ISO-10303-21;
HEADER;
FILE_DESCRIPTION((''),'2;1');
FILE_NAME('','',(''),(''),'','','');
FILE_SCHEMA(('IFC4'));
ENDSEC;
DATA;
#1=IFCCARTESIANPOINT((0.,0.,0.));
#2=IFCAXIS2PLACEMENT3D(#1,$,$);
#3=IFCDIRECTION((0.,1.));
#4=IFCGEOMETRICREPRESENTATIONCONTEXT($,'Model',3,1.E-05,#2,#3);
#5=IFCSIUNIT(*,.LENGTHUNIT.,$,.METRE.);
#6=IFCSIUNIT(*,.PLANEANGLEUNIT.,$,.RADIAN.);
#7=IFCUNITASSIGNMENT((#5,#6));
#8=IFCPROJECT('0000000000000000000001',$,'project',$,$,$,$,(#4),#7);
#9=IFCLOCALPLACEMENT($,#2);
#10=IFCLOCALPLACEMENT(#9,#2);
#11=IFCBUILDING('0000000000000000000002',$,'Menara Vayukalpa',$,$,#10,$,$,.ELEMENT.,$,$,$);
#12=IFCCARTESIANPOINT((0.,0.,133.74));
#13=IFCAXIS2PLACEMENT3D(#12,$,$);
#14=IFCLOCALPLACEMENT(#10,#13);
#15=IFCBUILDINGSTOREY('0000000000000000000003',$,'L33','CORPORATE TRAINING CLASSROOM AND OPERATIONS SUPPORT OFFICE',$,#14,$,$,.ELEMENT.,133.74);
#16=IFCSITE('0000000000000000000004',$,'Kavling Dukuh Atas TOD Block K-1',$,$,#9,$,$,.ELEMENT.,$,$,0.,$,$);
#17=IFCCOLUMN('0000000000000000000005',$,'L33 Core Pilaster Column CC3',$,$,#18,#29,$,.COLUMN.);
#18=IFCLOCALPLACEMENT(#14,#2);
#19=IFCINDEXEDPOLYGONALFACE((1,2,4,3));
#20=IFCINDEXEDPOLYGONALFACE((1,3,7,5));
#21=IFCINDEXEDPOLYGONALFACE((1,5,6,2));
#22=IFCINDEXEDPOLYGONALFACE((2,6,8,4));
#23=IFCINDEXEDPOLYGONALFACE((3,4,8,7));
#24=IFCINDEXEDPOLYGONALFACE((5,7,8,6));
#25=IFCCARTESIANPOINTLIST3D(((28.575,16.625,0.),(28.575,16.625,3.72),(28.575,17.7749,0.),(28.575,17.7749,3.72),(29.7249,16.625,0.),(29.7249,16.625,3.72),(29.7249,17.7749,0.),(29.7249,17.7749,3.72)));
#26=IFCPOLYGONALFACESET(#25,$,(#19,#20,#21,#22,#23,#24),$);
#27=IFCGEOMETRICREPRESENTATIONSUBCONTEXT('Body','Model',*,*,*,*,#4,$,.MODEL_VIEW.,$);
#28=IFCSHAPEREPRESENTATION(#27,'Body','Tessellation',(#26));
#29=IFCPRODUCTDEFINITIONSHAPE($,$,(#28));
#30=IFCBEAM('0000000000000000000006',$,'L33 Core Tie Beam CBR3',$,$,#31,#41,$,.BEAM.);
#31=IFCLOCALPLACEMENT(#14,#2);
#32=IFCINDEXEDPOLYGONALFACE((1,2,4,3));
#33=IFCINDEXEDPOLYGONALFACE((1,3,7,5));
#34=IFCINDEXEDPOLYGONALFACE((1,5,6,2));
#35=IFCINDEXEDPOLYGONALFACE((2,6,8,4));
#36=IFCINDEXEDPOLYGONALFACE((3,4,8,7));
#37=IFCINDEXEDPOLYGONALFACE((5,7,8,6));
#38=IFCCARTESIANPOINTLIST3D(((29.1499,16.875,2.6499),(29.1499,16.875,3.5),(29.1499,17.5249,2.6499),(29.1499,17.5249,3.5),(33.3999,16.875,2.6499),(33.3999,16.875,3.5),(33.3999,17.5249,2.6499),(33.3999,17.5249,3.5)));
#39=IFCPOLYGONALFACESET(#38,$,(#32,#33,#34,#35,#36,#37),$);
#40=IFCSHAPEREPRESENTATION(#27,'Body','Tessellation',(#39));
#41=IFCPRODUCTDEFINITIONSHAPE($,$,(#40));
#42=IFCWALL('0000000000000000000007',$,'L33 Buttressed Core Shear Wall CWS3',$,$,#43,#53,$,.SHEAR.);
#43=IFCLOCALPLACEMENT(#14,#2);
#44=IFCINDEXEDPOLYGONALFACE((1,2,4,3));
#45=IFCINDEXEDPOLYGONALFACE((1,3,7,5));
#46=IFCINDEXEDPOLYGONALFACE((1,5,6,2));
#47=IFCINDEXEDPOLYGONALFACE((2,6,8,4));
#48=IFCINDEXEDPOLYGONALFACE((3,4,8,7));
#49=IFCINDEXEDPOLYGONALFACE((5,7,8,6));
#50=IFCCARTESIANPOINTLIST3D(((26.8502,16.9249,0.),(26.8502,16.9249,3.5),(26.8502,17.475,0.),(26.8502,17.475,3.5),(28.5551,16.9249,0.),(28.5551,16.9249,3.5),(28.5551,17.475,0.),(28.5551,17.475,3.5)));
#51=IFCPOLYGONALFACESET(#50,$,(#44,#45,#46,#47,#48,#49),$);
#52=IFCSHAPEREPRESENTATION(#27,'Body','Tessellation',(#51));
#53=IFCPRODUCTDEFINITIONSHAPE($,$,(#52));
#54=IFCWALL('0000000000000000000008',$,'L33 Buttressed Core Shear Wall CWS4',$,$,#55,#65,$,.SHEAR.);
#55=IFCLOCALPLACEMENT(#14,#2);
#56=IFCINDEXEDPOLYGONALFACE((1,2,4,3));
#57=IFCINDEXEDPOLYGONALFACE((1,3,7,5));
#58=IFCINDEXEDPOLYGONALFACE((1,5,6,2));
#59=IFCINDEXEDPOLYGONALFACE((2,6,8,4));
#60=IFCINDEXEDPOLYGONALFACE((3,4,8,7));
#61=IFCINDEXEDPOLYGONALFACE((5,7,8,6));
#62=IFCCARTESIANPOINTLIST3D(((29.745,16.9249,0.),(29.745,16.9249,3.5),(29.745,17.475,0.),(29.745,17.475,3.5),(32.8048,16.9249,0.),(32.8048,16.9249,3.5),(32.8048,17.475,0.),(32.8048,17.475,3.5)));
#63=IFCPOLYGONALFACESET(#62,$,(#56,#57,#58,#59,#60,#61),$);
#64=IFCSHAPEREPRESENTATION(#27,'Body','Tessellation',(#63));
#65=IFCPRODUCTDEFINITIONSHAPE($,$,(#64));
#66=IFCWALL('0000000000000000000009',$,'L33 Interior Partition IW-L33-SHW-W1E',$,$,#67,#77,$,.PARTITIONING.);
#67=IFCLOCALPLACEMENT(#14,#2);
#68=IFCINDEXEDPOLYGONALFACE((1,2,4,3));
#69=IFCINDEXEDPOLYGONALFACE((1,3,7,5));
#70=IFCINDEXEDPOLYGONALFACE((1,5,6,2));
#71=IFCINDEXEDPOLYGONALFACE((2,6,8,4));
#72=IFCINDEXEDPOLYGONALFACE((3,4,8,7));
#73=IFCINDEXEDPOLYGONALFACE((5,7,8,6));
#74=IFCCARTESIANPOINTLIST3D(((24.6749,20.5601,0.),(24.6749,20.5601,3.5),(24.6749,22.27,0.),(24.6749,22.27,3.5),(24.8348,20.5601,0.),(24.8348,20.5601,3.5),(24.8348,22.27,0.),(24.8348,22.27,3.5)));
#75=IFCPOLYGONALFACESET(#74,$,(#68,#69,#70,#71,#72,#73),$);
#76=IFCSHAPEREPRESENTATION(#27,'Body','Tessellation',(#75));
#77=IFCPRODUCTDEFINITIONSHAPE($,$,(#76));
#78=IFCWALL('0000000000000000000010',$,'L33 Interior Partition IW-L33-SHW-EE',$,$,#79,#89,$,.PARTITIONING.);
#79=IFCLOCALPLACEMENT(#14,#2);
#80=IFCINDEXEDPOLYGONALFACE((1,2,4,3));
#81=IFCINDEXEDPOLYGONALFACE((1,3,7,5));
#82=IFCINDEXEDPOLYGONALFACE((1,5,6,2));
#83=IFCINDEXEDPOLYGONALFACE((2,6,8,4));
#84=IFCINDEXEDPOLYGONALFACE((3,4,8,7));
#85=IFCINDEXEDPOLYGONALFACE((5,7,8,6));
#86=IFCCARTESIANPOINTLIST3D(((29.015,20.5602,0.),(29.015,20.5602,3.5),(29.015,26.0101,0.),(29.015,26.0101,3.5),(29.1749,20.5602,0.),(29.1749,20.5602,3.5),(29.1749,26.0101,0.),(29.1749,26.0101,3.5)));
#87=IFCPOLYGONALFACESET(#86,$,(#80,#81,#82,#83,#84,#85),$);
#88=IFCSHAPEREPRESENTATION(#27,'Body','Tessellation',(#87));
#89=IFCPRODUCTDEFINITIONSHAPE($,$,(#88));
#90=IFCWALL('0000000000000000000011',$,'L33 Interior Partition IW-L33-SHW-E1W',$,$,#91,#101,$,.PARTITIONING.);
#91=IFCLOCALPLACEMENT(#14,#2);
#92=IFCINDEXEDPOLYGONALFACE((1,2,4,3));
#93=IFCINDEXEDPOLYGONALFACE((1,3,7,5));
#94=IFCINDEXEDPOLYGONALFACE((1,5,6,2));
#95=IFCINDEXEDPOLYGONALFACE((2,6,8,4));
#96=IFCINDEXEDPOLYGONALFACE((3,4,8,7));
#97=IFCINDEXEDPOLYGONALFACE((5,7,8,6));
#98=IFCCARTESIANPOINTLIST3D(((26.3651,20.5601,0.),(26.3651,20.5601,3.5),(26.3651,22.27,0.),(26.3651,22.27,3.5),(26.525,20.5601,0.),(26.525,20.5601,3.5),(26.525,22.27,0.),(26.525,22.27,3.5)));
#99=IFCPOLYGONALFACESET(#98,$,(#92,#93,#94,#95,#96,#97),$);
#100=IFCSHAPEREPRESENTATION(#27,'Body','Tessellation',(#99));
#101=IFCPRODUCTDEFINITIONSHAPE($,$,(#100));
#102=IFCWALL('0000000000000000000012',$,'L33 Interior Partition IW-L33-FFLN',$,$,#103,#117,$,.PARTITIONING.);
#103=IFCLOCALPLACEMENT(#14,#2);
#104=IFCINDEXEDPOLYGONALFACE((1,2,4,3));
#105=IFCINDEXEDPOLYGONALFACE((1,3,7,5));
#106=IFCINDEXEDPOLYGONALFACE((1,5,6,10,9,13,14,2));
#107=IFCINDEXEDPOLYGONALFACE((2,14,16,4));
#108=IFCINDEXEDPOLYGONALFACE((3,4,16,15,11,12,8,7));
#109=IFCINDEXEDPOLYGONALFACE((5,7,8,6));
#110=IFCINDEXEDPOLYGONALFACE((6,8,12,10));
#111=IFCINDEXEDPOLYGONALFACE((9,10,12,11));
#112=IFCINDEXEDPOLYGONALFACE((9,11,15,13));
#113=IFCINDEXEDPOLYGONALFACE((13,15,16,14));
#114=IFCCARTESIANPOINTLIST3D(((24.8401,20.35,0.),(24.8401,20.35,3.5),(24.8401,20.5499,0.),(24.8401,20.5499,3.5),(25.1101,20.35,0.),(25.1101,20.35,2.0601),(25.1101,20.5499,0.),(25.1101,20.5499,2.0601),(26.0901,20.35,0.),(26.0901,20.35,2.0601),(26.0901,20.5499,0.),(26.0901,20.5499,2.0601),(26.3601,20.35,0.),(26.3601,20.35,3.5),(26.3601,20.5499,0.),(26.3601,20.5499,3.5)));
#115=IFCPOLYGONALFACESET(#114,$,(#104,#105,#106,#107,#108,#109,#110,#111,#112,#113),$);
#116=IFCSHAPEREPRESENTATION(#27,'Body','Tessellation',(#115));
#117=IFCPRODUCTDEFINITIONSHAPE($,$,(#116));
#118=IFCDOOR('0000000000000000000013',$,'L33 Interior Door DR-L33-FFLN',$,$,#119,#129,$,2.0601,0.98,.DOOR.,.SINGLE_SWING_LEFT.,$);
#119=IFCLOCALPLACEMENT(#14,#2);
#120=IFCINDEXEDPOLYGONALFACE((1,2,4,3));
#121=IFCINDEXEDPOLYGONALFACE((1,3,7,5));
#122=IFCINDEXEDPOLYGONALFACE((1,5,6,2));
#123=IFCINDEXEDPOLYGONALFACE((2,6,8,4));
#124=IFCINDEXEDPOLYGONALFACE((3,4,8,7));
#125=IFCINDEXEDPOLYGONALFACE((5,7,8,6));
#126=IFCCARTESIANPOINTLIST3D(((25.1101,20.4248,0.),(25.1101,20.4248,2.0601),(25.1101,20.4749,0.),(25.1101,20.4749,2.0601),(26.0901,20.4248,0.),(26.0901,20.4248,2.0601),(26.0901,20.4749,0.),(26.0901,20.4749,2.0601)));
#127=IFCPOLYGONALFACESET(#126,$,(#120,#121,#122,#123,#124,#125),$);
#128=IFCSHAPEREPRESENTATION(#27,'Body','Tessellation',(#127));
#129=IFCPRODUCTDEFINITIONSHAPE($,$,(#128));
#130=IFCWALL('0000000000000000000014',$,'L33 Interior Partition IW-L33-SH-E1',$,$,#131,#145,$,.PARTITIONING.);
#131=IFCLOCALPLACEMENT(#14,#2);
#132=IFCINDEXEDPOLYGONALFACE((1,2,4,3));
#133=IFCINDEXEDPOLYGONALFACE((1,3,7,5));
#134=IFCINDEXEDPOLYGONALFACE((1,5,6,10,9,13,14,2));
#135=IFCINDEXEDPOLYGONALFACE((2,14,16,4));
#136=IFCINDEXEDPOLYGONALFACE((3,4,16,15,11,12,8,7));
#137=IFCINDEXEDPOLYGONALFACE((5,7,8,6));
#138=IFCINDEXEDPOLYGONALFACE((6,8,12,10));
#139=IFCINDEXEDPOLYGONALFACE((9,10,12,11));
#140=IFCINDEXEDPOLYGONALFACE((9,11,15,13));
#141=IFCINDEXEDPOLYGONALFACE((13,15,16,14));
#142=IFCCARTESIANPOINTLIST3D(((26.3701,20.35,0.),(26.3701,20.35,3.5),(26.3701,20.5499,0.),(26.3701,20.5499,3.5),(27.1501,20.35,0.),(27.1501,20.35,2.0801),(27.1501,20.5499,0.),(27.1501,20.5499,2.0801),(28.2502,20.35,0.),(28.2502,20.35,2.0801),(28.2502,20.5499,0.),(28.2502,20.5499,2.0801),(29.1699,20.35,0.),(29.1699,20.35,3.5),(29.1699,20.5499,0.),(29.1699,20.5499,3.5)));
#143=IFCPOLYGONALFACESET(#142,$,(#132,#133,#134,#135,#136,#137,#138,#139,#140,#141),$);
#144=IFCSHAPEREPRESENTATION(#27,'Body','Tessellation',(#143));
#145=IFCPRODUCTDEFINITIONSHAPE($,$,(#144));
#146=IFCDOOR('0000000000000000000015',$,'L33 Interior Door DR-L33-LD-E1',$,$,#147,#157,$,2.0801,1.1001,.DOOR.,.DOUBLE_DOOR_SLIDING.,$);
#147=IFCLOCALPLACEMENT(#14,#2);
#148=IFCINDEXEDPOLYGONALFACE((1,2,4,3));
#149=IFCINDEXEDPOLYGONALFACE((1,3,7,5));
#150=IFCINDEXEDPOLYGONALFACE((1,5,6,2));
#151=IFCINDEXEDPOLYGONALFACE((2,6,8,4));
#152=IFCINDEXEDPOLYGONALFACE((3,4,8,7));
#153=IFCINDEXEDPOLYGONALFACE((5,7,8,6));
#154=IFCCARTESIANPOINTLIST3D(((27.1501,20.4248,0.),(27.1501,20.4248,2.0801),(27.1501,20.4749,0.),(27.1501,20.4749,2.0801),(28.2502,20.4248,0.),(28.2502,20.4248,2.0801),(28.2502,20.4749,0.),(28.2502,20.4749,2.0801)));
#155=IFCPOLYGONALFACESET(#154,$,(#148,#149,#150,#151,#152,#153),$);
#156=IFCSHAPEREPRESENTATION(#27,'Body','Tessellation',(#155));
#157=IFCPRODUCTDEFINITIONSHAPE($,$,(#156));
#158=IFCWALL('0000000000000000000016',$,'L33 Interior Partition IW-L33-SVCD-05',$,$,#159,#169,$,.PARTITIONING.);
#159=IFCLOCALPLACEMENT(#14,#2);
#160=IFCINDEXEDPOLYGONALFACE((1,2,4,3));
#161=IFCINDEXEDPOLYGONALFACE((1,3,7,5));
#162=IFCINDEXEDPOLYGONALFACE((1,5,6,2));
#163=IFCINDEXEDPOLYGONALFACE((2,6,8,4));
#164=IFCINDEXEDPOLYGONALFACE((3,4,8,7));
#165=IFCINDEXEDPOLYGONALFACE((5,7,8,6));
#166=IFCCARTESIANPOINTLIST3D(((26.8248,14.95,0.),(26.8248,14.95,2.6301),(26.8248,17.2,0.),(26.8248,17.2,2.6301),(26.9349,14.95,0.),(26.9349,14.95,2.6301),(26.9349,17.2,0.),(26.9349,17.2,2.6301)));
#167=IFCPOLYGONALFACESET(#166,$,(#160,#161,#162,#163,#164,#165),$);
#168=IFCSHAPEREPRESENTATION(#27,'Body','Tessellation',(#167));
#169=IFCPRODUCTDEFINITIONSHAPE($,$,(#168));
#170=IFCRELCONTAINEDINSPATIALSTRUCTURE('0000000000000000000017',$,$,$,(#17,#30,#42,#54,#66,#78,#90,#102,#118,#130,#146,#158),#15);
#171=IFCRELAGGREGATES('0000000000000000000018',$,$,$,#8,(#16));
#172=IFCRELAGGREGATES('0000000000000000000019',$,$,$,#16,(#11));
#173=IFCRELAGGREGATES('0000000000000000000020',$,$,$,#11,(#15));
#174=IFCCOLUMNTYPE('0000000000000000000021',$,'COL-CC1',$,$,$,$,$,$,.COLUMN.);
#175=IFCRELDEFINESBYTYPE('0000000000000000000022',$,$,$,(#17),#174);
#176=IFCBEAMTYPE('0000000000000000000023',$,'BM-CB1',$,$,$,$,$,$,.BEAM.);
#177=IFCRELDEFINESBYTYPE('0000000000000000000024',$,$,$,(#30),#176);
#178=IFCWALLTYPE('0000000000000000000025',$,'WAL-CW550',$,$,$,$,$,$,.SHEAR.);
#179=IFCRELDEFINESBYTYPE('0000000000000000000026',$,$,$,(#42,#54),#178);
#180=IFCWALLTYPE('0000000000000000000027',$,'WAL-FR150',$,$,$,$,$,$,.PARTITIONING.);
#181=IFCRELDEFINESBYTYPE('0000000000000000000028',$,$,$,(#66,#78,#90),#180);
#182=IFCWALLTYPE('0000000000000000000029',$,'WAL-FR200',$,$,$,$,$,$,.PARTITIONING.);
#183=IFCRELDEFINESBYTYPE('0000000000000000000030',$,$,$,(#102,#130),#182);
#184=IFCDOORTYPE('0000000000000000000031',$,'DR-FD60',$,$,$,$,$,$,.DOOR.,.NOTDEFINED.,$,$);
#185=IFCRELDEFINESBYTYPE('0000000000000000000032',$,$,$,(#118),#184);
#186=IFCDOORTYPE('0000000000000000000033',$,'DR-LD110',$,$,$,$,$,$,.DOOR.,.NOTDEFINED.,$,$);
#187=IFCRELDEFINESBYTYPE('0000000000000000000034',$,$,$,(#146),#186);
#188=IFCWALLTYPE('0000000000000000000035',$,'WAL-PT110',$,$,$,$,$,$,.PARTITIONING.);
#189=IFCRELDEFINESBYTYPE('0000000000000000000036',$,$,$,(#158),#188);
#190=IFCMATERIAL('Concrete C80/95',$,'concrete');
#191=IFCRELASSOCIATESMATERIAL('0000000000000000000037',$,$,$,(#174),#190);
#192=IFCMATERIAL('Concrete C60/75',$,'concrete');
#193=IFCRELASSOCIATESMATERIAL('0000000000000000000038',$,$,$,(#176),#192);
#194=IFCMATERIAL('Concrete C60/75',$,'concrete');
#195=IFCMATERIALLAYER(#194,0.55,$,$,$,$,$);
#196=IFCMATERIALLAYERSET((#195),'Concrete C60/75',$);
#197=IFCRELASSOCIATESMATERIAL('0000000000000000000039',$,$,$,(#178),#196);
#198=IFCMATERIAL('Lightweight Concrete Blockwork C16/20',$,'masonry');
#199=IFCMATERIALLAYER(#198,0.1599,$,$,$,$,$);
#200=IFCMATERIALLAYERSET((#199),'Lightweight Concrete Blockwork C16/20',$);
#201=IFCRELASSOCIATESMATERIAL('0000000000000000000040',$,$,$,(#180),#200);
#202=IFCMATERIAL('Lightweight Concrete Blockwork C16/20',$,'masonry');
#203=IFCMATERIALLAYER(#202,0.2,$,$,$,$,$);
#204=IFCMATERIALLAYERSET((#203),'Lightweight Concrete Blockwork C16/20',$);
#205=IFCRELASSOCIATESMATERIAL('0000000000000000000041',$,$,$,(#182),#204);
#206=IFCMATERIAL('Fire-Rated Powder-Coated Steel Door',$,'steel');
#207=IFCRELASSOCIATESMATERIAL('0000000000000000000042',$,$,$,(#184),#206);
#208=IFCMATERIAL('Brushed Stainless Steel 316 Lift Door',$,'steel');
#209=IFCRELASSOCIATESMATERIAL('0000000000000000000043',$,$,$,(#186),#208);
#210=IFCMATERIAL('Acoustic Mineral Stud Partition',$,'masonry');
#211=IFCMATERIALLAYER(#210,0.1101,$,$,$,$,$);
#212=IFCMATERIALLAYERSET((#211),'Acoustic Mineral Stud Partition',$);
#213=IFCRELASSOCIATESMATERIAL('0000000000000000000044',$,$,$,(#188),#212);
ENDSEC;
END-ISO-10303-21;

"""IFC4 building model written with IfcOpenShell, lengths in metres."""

from ifc_helpers import new_model, si_unit, direction, frame, frame_2d, origin, origin_2d, place, context, subcontext, project, spatial, rectangle, extrude, material, layer, layer_set, material_profile, profile_set, type_object, element, fill, save


model = new_model("IFC4")

# Units and contexts
model_context = context("Model", 3, precision=1e-05, world=origin(), true_north=direction((0.0, 1.0)))
body_context = subcontext(model_context, "Body", "Model", "MODEL_VIEW")
ifc_project = project(units=[si_unit("LENGTHUNIT", "METRE"), si_unit("PLANEANGLEUNIT", "RADIAN")], contexts=[model_context])

# Site, building, storey
site_placement = place(None, origin())
site = spatial("IfcSite", under=ifc_project, at=site_placement, Name="Kavling Dukuh Atas TOD Block K-1", CompositionType="ELEMENT", RefElevation=0.0)
building_placement = place(site_placement, origin())
building = spatial("IfcBuilding", under=site, at=building_placement, Name="Menara Vayukalpa", CompositionType="ELEMENT")
storey_placement = place(building_placement, frame((0.0, 0.0, 133.74)))
storey = spatial("IfcBuildingStorey", under=building, at=storey_placement, Name="L33", Description="CORPORATE TRAINING CLASSROOM AND OPERATIONS SUPPORT OFFICE", CompositionType="ELEMENT", Elevation=133.74)

# Column
ifc_material_1 = material(Name="Concrete C80/95", Category="concrete")
ifc_material_profile_1 = material_profile(ifc_material_1, rectangle(XDim=1.1499, YDim=1.1499, at=origin_2d()), Name="RC 1150x1150")
ifc_profile_set_1 = profile_set([ifc_material_profile_1], Name="Concrete C80/95")
column_type = type_object("IfcColumnType", Name="COL-CC1", PredefinedType="COLUMN", material=ifc_profile_set_1)
column_placement = place(storey_placement, frame((29.1499, 17.2, 0.0), z_axis=(0.0, 0.0, 1.0), x_axis=(1.0, 0.0, 0.0)))
element("IfcColumn", 1, at=column_placement, inside=storey, type_object=column_type, Name="L33 Core Pilaster Column CC3", PredefinedType="COLUMN", context=body_context, shape_type="SweptSolid", body=[
    extrude(rectangle(XDim=1.1499, YDim=1.1499, at=origin_2d()), origin(), (0.0, 0.0, 1.0), 3.72),
])

# Beam
ifc_material_2 = material(Name="Concrete C60/75", Category="concrete")
ifc_material_profile_2 = material_profile(ifc_material_2, rectangle(XDim=0.6499, YDim=0.8501, at=origin_2d()), Name="RC 650x850")
ifc_profile_set_2 = profile_set([ifc_material_profile_2], Name="Concrete C60/75")
beam_type = type_object("IfcBeamType", Name="BM-CB1", PredefinedType="BEAM", material=ifc_profile_set_2)
beam_placement = place(storey_placement, frame((29.1499, 17.2, 3.075), z_axis=(1.0, 0.0, 0.0), x_axis=(0.0, 1.0, 0.0)))
element("IfcBeam", 2, at=beam_placement, inside=storey, type_object=beam_type, Name="L33 Core Tie Beam CBR3", PredefinedType="BEAM", context=body_context, shape_type="SweptSolid", body=[
    extrude(rectangle(XDim=0.6499, YDim=0.8501, at=origin_2d()), origin(), (0.0, 0.0, 1.0), 4.25),
])

# Walls
ifc_material_3 = material(Name="Concrete C60/75", Category="concrete")
ifc_layer_1 = layer(ifc_material_3, 0.55)
ifc_layer_set_1 = layer_set([ifc_layer_1], Name="Concrete C60/75")
wall_type_1 = type_object("IfcWallType", Name="WAL-CW550", PredefinedType="SHEAR", material=ifc_layer_set_1)
wall_1_placement = place(storey_placement, frame((26.8501, 17.2, 0.0), z_axis=(0.0, 0.0, 1.0), x_axis=(1.0, 0.0, 0.0)))
element("IfcWall", 3, at=wall_1_placement, inside=storey, type_object=wall_type_1, Name="L33 Buttressed Core Shear Wall CWS3", PredefinedType="SHEAR", context=body_context, shape_type="SweptSolid", body=[
    extrude(rectangle(XDim=1.7048, YDim=0.55, at=frame_2d((0.8525, 0.0))), origin(), (0.0, 0.0, 1.0), 3.5),
])
wall_2_placement = place(storey_placement, frame((29.7451, 17.2, 0.0), z_axis=(0.0, 0.0, 1.0), x_axis=(1.0, 0.0, 0.0)))
element("IfcWall", 4, at=wall_2_placement, inside=storey, type_object=wall_type_1, Name="L33 Buttressed Core Shear Wall CWS4", PredefinedType="SHEAR", context=body_context, shape_type="SweptSolid", body=[
    extrude(rectangle(XDim=3.0598, YDim=0.55, at=frame_2d((1.5298, 0.0))), origin(), (0.0, 0.0, 1.0), 3.5),
])
ifc_material_4 = material(Name="Lightweight Concrete Blockwork C16/20", Category="masonry")
ifc_layer_2 = layer(ifc_material_4, 0.1599)
ifc_layer_set_2 = layer_set([ifc_layer_2], Name="Lightweight Concrete Blockwork C16/20")
wall_type_2 = type_object("IfcWallType", Name="WAL-FR150", PredefinedType="PARTITIONING", material=ifc_layer_set_2)
wall_3_placement = place(storey_placement, frame((24.7549, 20.5601, 0.0), z_axis=(0.0, 0.0, 1.0), x_axis=(0.0, 1.0, 0.0)))
element("IfcWall", 5, at=wall_3_placement, inside=storey, type_object=wall_type_2, Name="L33 Interior Partition IW-L33-SHW-W1E", PredefinedType="PARTITIONING", context=body_context, shape_type="SweptSolid", body=[
    extrude(rectangle(XDim=1.71, YDim=0.1599, at=frame_2d((0.855, 0.0))), origin(), (0.0, 0.0, 1.0), 3.5),
])
wall_4_placement = place(storey_placement, frame((29.095, 20.5601, 0.0), z_axis=(0.0, 0.0, 1.0), x_axis=(0.0, 1.0, 0.0)))
element("IfcWall", 6, at=wall_4_placement, inside=storey, type_object=wall_type_2, Name="L33 Interior Partition IW-L33-SHW-EE", PredefinedType="PARTITIONING", context=body_context, shape_type="SweptSolid", body=[
    extrude(rectangle(XDim=5.45, YDim=0.1599, at=frame_2d((2.7251, 0.0))), origin(), (0.0, 0.0, 1.0), 3.5),
])
wall_5_placement = place(storey_placement, frame((26.4451, 20.5601, 0.0), z_axis=(0.0, 0.0, 1.0), x_axis=(0.0, 1.0, 0.0)))
element("IfcWall", 7, at=wall_5_placement, inside=storey, type_object=wall_type_2, Name="L33 Interior Partition IW-L33-SHW-E1W", PredefinedType="PARTITIONING", context=body_context, shape_type="SweptSolid", body=[
    extrude(rectangle(XDim=1.71, YDim=0.1599, at=frame_2d((0.855, 0.0))), origin(), (0.0, 0.0, 1.0), 3.5),
])

# Walls, openings, doors
ifc_material_5 = material(Name="Lightweight Concrete Blockwork C16/20", Category="masonry")
ifc_layer_3 = layer(ifc_material_5, 0.2)
ifc_layer_set_3 = layer_set([ifc_layer_3], Name="Lightweight Concrete Blockwork C16/20")
wall_type_3 = type_object("IfcWallType", Name="WAL-FR200", PredefinedType="PARTITIONING", material=ifc_layer_set_3)
wall_6_placement = place(storey_placement, frame((24.8401, 20.45, 0.0), z_axis=(0.0, 0.0, 1.0), x_axis=(1.0, 0.0, 0.0)))
wall_6 = element("IfcWall", 8, at=wall_6_placement, inside=storey, type_object=wall_type_3, Name="L33 Interior Partition IW-L33-FFLN", PredefinedType="PARTITIONING", context=body_context, shape_type="SweptSolid", body=[
    extrude(rectangle(XDim=1.52, YDim=0.2, at=frame_2d((0.76, 0.0))), origin(), (0.0, 0.0, 1.0), 3.5),
])
opening_1_placement = place(wall_6_placement, frame((0.27, 0.0, 0.0)))
opening_1 = element("IfcOpeningElement", 9, at=opening_1_placement, cuts=wall_6, PredefinedType="OPENING", context=body_context, shape_type="SweptSolid", body=[
    extrude(rectangle(XDim=0.98, YDim=2.0601, at=frame_2d((0.49, 1.03))), frame((0.0, 0.1099, 0.0), z_axis=(0.0, -1.0, 0.0), x_axis=(1.0, 0.0, 0.0)), (0.0, 0.0, 1.0), 0.22),
])
ifc_material_6 = material(Name="Fire-Rated Powder-Coated Steel Door", Category="steel")
door_type_1 = type_object("IfcDoorType", Name="DR-FD60", OperationType="NOTDEFINED", PredefinedType="DOOR", material=ifc_material_6)
door_1_placement = place(opening_1_placement, origin())
door_1 = element("IfcDoor", 10, at=door_1_placement, inside=storey, type_object=door_type_1, Name="L33 Interior Door DR-L33-FFLN", OperationType="SINGLE_SWING_LEFT", OverallHeight=2.0601, OverallWidth=0.98, PredefinedType="DOOR", context=body_context, shape_type="SweptSolid", body=[
    extrude(rectangle(XDim=0.98, YDim=2.0601, at=frame_2d((0.49, 1.03))), frame((0.0, 0.0249, 0.0), z_axis=(0.0, -1.0, 0.0), x_axis=(1.0, 0.0, 0.0)), (0.0, 0.0, 1.0), 0.05),
])
fill(opening_1, door_1)
wall_7_placement = place(storey_placement, frame((26.3701, 20.45, 0.0), z_axis=(0.0, 0.0, 1.0), x_axis=(1.0, 0.0, 0.0)))
wall_7 = element("IfcWall", 11, at=wall_7_placement, inside=storey, type_object=wall_type_3, Name="L33 Interior Partition IW-L33-SH-E1", PredefinedType="PARTITIONING", context=body_context, shape_type="SweptSolid", body=[
    extrude(rectangle(XDim=2.7998, YDim=0.2, at=frame_2d((1.3999, 0.0))), origin(), (0.0, 0.0, 1.0), 3.5),
])
opening_2_placement = place(wall_7_placement, frame((0.78, 0.0, 0.0)))
opening_2 = element("IfcOpeningElement", 12, at=opening_2_placement, cuts=wall_7, PredefinedType="OPENING", context=body_context, shape_type="SweptSolid", body=[
    extrude(rectangle(XDim=1.1001, YDim=2.0801, at=frame_2d((0.55, 1.04))), frame((0.0, 0.1099, 0.0), z_axis=(0.0, -1.0, 0.0), x_axis=(1.0, 0.0, 0.0)), (0.0, 0.0, 1.0), 0.22),
])
ifc_material_7 = material(Name="Brushed Stainless Steel 316 Lift Door", Category="steel")
door_type_2 = type_object("IfcDoorType", Name="DR-LD110", OperationType="NOTDEFINED", PredefinedType="DOOR", material=ifc_material_7)
door_2_placement = place(opening_2_placement, origin())
door_2 = element("IfcDoor", 13, at=door_2_placement, inside=storey, type_object=door_type_2, Name="L33 Interior Door DR-L33-LD-E1", OperationType="DOUBLE_DOOR_SLIDING", OverallHeight=2.0801, OverallWidth=1.1001, PredefinedType="DOOR", context=body_context, shape_type="SweptSolid", body=[
    extrude(rectangle(XDim=1.1001, YDim=2.0801, at=frame_2d((0.55, 1.04))), frame((0.0, 0.0249, 0.0), z_axis=(0.0, -1.0, 0.0), x_axis=(1.0, 0.0, 0.0)), (0.0, 0.0, 1.0), 0.05),
])
fill(opening_2, door_2)

# Wall
ifc_material_8 = material(Name="Acoustic Mineral Stud Partition", Category="masonry")
ifc_layer_4 = layer(ifc_material_8, 0.1101)
ifc_layer_set_4 = layer_set([ifc_layer_4], Name="Acoustic Mineral Stud Partition")
wall_type_4 = type_object("IfcWallType", Name="WAL-PT110", PredefinedType="PARTITIONING", material=ifc_layer_set_4)
wall_8_placement = place(storey_placement, frame((26.8799, 14.95, 0.0), z_axis=(0.0, 0.0, 1.0), x_axis=(0.0, 1.0, 0.0)))
element("IfcWall", 14, at=wall_8_placement, inside=storey, type_object=wall_type_4, Name="L33 Interior Partition IW-L33-SVCD-05", PredefinedType="PARTITIONING", context=body_context, shape_type="SweptSolid", body=[
    extrude(rectangle(XDim=2.25, YDim=0.1101, at=frame_2d((1.125, 0.0))), origin(), (0.0, 0.0, 1.0), 2.6301),
])

save(model, "model.ifc")
